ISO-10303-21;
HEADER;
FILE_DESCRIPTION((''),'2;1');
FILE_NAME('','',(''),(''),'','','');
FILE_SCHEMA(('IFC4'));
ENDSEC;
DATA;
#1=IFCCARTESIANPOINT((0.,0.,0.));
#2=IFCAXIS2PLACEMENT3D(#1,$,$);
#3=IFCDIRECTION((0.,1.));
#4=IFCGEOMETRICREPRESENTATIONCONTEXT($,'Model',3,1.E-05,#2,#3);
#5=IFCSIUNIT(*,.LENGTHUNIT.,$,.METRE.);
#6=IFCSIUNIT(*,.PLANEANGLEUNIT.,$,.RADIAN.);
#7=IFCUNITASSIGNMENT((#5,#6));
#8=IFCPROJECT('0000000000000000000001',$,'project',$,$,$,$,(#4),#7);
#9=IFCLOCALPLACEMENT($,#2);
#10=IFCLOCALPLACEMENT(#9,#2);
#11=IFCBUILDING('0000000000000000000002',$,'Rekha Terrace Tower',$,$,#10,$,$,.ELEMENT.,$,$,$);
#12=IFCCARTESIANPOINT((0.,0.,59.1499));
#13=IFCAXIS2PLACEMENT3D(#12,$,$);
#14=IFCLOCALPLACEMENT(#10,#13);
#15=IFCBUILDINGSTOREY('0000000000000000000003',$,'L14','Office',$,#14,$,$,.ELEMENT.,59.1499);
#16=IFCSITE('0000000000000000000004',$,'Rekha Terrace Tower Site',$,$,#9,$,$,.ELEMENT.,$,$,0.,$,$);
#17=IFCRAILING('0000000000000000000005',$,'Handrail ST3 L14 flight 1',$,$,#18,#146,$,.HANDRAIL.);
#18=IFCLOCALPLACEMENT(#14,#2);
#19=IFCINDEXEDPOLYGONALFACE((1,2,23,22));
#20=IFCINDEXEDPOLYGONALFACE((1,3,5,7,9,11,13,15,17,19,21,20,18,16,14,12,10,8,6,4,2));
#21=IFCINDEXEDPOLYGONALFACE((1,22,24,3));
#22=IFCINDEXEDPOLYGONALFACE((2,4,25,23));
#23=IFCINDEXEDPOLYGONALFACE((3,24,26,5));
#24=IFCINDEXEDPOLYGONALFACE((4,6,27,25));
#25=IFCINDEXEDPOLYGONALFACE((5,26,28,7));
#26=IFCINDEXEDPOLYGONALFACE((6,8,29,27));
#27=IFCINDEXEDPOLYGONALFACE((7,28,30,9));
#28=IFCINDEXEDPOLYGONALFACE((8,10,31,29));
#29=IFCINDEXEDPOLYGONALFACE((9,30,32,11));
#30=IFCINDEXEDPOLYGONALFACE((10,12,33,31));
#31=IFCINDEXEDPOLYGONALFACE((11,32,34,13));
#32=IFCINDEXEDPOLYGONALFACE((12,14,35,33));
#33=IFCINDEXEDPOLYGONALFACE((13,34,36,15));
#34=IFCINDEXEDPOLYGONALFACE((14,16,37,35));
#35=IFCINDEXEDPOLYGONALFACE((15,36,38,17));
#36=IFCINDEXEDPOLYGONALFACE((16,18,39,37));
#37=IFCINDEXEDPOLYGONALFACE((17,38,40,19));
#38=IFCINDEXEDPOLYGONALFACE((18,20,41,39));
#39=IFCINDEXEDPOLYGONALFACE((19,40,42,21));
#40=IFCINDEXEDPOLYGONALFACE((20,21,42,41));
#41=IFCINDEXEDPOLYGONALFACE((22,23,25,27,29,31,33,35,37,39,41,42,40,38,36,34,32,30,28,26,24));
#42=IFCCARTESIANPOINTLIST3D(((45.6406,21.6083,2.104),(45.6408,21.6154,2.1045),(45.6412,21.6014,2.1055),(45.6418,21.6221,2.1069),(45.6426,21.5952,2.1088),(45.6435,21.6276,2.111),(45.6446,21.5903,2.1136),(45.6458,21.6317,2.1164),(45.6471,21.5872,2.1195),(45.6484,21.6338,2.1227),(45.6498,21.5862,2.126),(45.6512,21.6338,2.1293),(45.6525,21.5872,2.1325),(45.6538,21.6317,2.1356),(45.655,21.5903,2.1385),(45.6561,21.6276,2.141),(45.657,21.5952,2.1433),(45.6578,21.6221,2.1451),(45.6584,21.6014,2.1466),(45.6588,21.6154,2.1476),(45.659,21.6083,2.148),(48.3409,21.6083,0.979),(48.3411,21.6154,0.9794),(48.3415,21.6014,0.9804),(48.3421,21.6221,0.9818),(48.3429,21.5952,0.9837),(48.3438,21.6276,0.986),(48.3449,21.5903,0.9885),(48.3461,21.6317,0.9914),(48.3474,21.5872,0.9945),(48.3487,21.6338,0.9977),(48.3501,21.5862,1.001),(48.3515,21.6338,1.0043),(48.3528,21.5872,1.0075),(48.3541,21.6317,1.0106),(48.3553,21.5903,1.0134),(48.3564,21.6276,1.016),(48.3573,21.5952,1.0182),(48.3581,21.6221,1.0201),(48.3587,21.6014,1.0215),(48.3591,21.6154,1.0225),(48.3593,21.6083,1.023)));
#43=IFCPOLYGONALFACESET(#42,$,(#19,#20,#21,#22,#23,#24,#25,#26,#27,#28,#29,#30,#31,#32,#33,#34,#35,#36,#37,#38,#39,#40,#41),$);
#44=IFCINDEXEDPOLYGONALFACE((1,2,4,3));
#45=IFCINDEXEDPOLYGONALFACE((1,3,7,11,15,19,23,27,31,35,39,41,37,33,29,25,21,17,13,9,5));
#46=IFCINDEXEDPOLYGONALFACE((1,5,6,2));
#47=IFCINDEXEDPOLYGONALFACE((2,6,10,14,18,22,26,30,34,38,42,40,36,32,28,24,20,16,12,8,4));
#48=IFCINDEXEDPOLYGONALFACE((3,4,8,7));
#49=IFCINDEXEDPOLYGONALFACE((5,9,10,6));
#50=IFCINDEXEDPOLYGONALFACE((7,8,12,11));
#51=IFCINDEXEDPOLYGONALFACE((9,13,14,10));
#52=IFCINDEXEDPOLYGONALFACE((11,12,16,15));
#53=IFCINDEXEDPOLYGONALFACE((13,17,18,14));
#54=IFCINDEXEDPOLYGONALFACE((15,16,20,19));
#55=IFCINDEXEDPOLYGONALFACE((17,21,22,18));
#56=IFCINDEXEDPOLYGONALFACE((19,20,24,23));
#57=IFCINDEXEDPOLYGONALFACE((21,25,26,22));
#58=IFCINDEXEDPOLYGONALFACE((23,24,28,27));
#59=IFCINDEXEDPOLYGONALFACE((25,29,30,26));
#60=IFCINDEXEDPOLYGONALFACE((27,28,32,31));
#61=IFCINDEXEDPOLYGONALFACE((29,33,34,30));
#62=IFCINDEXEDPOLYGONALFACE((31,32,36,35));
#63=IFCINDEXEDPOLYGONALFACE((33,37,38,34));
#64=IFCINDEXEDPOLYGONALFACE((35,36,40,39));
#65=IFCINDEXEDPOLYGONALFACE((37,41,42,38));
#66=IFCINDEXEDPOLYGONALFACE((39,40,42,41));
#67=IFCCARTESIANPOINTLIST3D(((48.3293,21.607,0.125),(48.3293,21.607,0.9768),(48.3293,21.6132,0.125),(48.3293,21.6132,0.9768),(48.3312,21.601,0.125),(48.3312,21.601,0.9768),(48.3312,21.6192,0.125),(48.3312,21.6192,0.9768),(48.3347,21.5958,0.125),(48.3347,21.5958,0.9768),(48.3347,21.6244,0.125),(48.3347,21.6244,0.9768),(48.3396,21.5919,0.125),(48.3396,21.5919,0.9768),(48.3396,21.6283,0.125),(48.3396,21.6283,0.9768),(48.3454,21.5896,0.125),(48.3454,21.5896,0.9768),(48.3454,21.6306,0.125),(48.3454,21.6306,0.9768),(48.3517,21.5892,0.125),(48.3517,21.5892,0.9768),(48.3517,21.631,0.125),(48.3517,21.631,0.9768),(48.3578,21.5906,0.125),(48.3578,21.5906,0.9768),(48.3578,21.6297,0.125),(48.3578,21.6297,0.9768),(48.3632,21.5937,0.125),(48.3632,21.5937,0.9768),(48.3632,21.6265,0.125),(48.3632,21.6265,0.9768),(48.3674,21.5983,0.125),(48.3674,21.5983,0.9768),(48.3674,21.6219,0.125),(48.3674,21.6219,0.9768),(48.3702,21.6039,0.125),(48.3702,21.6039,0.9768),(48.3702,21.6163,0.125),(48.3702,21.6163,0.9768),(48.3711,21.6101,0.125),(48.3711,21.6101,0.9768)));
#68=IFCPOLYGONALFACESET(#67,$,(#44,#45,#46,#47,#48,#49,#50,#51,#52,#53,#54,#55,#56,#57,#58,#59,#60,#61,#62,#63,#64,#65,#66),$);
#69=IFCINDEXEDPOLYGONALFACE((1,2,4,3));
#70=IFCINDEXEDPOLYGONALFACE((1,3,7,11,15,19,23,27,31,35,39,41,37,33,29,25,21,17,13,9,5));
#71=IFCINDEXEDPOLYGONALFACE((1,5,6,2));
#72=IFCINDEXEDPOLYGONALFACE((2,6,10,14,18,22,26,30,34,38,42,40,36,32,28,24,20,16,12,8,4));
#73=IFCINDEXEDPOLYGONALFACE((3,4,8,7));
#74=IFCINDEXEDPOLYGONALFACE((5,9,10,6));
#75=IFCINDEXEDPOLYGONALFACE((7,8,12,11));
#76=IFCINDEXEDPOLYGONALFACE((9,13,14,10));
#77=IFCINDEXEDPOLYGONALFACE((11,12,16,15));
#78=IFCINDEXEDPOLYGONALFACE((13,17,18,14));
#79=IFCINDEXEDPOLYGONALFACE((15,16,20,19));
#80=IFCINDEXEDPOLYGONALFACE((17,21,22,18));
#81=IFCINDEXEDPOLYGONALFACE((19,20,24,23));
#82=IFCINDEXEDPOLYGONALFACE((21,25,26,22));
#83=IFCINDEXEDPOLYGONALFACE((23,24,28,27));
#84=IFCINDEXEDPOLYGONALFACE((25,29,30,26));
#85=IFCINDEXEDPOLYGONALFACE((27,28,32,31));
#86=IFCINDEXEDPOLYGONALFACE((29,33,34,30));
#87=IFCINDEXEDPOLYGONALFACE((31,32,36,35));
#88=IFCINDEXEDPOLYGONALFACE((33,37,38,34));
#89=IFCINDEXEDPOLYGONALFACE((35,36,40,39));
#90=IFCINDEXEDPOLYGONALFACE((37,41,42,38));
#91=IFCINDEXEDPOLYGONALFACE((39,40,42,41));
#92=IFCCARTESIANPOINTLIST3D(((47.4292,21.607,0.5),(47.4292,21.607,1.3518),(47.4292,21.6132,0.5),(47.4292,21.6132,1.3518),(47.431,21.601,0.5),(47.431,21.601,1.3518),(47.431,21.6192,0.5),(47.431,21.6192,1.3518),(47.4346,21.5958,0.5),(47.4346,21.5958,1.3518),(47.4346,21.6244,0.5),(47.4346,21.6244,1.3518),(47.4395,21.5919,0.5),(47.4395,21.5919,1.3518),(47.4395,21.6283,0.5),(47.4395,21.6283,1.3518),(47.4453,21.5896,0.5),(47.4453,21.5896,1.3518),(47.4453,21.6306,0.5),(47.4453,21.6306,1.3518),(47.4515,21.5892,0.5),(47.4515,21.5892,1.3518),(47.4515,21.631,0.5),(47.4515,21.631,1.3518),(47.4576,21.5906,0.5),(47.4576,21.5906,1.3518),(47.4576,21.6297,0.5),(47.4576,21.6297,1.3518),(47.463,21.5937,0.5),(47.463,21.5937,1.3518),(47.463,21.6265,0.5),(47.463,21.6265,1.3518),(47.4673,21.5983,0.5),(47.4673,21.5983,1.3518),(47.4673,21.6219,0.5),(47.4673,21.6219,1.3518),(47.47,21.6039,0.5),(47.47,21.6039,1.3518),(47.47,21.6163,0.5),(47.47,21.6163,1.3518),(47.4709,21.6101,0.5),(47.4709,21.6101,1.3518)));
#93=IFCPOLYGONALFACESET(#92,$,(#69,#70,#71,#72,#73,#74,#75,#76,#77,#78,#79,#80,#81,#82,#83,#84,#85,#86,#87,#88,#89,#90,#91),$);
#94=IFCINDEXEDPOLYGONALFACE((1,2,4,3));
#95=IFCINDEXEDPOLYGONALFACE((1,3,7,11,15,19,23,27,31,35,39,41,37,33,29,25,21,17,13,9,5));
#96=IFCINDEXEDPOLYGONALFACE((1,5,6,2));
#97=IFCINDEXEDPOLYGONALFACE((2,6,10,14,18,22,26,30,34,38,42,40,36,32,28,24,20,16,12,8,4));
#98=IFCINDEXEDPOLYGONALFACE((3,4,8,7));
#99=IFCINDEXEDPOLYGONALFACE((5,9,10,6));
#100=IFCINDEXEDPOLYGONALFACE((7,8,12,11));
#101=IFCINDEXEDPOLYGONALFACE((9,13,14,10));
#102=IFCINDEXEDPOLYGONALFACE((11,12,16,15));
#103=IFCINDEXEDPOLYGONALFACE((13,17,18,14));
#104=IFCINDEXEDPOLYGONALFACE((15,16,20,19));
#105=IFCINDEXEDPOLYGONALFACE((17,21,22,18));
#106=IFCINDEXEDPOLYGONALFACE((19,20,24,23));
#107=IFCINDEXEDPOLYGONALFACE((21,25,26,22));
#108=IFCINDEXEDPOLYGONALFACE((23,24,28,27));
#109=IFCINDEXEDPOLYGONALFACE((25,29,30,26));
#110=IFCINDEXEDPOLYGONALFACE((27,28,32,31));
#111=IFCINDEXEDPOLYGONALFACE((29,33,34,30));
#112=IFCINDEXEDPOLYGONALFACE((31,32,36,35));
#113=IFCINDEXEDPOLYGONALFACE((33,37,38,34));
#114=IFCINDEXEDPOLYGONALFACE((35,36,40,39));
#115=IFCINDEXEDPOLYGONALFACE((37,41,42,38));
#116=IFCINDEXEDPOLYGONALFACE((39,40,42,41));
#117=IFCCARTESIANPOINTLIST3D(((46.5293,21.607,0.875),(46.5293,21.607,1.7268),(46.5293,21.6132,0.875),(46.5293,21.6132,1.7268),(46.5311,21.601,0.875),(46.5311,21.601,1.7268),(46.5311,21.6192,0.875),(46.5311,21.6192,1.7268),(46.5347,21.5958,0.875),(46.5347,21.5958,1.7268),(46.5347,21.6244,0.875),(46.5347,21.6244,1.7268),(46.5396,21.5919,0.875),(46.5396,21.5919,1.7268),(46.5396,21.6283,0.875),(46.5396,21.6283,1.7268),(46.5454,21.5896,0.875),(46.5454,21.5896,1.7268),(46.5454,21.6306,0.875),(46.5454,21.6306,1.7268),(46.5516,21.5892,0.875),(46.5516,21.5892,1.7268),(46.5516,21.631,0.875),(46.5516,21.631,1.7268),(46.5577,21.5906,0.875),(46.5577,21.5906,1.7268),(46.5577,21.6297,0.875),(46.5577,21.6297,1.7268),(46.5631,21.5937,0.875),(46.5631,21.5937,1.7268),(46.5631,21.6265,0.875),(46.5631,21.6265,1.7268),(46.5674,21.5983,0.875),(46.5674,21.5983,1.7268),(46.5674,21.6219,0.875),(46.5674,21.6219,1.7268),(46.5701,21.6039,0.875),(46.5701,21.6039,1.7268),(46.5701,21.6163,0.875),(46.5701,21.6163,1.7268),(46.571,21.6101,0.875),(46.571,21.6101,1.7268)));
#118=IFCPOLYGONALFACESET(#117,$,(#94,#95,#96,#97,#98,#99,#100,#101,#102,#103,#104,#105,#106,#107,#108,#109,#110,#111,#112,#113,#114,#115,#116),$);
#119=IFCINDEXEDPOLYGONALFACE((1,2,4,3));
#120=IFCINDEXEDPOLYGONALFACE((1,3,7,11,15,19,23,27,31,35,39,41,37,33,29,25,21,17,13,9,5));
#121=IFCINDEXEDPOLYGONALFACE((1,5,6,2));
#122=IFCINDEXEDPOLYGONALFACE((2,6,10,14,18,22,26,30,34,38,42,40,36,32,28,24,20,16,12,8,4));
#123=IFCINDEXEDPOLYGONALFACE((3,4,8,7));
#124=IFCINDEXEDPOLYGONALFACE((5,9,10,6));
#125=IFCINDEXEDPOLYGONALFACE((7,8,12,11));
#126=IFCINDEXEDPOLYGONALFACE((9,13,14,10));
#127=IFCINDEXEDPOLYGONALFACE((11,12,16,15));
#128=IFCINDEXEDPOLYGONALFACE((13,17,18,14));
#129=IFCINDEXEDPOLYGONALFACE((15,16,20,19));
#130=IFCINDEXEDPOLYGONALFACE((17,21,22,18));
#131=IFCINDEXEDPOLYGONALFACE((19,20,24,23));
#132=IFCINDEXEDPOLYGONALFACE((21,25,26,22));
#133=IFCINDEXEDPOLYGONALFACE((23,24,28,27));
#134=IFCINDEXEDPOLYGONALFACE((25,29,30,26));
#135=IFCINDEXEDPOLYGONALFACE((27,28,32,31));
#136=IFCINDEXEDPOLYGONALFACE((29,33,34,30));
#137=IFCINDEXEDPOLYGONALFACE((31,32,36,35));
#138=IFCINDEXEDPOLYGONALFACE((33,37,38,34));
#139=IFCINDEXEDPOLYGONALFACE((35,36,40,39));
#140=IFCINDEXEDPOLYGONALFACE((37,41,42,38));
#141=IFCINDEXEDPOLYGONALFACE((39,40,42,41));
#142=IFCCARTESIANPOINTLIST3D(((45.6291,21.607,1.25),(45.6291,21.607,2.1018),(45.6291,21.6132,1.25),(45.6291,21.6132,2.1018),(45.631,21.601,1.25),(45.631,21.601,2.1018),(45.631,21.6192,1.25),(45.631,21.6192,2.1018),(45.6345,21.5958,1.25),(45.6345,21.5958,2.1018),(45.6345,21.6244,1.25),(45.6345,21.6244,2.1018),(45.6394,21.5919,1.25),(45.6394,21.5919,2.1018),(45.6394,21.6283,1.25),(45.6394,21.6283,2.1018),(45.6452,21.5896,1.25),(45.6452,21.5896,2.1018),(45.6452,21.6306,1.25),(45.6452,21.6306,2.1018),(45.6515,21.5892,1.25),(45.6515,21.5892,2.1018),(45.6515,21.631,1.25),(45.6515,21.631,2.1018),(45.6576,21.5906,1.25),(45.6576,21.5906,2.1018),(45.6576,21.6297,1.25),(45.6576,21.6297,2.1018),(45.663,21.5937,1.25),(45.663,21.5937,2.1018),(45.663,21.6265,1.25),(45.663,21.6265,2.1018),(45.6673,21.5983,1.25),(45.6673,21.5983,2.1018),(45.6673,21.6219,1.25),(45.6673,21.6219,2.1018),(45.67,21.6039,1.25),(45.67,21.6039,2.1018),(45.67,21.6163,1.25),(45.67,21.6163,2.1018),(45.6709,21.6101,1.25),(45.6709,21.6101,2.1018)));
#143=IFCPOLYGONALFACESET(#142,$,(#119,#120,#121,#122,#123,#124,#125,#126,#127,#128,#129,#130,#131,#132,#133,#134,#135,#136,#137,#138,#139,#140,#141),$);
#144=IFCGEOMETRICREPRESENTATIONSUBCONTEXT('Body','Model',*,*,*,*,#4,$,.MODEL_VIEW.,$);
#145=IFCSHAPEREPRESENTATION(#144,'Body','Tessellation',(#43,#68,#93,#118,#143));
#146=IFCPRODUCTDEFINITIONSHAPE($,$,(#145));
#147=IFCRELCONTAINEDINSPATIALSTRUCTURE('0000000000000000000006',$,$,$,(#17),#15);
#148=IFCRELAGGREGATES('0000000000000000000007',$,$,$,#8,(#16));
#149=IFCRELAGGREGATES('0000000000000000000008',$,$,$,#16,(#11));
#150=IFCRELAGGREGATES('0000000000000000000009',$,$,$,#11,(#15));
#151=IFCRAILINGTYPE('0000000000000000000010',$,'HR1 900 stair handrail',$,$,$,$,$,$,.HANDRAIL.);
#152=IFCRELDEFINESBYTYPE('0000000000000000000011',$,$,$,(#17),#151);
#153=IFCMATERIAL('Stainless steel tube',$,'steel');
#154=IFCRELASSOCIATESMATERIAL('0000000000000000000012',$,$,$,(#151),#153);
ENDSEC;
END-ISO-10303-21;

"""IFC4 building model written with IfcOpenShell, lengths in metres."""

from ifc_helpers import new_model, si_unit, direction, frame, origin, origin_2d, place, context, subcontext, project, spatial, circle, extrude, material, type_object, element, save


model = new_model("IFC4")

# Units and contexts
model_context = context("Model", 3, precision=1e-05, world=origin(), true_north=direction((0.0, 1.0)))
body_context = subcontext(model_context, "Body", "Model", "MODEL_VIEW")
ifc_project = project(units=[si_unit("LENGTHUNIT", "METRE"), si_unit("PLANEANGLEUNIT", "RADIAN")], contexts=[model_context])

# Site, building, storey
site_placement = place(None, origin())
site = spatial("IfcSite", under=ifc_project, at=site_placement, Name="Rekha Terrace Tower Site", CompositionType="ELEMENT", RefElevation=0.0)
building_placement = place(site_placement, origin())
building = spatial("IfcBuilding", under=site, at=building_placement, Name="Rekha Terrace Tower", CompositionType="ELEMENT")
storey_placement = place(building_placement, frame((0.0, 0.0, 59.1499)))
storey = spatial("IfcBuildingStorey", under=building, at=storey_placement, Name="L14", Description="Office", CompositionType="ELEMENT", Elevation=59.1499)

# Railing
ifc_material_1 = material(Name="Stainless steel tube", Category="steel")
railing_type_1 = type_object("IfcRailingType", Name="HR1 900 stair handrail", PredefinedType="HANDRAIL", material=ifc_material_1)
railing_1_placement = place(storey_placement, frame((48.3501, 21.6101, 0.125)))
element("IfcRailing", 1, at=railing_1_placement, inside=storey, type_object=railing_type_1, Name="Handrail ST3 L14 flight 1", PredefinedType="HANDRAIL", context=body_context, shape_type="SweptSolid", body=[
    extrude(circle(Radius=0.0239, at=origin_2d()), frame((0.0, 0.0, 0.876), z_axis=(-0.923087, 0.0, 0.384592), x_axis=(0.0, -1.0, 0.0)), (0.0, 0.0, 1.0), 2.9253),
    extrude(circle(Radius=0.021, at=origin_2d()), origin(), (0.0, 0.0, 1.0), 0.8518),
    extrude(circle(Radius=0.021, at=origin_2d()), frame((-0.9001, 0.0, 0.375)), (0.0, 0.0, 1.0), 0.8518),
    extrude(circle(Radius=0.021, at=origin_2d()), frame((-1.8, 0.0, 0.75)), (0.0, 0.0, 1.0), 0.8518),
    extrude(circle(Radius=0.021, at=origin_2d()), frame((-2.7002, 0.0, 1.125)), (0.0, 0.0, 1.0), 0.8518),
])

save(model, "model.ifc")
